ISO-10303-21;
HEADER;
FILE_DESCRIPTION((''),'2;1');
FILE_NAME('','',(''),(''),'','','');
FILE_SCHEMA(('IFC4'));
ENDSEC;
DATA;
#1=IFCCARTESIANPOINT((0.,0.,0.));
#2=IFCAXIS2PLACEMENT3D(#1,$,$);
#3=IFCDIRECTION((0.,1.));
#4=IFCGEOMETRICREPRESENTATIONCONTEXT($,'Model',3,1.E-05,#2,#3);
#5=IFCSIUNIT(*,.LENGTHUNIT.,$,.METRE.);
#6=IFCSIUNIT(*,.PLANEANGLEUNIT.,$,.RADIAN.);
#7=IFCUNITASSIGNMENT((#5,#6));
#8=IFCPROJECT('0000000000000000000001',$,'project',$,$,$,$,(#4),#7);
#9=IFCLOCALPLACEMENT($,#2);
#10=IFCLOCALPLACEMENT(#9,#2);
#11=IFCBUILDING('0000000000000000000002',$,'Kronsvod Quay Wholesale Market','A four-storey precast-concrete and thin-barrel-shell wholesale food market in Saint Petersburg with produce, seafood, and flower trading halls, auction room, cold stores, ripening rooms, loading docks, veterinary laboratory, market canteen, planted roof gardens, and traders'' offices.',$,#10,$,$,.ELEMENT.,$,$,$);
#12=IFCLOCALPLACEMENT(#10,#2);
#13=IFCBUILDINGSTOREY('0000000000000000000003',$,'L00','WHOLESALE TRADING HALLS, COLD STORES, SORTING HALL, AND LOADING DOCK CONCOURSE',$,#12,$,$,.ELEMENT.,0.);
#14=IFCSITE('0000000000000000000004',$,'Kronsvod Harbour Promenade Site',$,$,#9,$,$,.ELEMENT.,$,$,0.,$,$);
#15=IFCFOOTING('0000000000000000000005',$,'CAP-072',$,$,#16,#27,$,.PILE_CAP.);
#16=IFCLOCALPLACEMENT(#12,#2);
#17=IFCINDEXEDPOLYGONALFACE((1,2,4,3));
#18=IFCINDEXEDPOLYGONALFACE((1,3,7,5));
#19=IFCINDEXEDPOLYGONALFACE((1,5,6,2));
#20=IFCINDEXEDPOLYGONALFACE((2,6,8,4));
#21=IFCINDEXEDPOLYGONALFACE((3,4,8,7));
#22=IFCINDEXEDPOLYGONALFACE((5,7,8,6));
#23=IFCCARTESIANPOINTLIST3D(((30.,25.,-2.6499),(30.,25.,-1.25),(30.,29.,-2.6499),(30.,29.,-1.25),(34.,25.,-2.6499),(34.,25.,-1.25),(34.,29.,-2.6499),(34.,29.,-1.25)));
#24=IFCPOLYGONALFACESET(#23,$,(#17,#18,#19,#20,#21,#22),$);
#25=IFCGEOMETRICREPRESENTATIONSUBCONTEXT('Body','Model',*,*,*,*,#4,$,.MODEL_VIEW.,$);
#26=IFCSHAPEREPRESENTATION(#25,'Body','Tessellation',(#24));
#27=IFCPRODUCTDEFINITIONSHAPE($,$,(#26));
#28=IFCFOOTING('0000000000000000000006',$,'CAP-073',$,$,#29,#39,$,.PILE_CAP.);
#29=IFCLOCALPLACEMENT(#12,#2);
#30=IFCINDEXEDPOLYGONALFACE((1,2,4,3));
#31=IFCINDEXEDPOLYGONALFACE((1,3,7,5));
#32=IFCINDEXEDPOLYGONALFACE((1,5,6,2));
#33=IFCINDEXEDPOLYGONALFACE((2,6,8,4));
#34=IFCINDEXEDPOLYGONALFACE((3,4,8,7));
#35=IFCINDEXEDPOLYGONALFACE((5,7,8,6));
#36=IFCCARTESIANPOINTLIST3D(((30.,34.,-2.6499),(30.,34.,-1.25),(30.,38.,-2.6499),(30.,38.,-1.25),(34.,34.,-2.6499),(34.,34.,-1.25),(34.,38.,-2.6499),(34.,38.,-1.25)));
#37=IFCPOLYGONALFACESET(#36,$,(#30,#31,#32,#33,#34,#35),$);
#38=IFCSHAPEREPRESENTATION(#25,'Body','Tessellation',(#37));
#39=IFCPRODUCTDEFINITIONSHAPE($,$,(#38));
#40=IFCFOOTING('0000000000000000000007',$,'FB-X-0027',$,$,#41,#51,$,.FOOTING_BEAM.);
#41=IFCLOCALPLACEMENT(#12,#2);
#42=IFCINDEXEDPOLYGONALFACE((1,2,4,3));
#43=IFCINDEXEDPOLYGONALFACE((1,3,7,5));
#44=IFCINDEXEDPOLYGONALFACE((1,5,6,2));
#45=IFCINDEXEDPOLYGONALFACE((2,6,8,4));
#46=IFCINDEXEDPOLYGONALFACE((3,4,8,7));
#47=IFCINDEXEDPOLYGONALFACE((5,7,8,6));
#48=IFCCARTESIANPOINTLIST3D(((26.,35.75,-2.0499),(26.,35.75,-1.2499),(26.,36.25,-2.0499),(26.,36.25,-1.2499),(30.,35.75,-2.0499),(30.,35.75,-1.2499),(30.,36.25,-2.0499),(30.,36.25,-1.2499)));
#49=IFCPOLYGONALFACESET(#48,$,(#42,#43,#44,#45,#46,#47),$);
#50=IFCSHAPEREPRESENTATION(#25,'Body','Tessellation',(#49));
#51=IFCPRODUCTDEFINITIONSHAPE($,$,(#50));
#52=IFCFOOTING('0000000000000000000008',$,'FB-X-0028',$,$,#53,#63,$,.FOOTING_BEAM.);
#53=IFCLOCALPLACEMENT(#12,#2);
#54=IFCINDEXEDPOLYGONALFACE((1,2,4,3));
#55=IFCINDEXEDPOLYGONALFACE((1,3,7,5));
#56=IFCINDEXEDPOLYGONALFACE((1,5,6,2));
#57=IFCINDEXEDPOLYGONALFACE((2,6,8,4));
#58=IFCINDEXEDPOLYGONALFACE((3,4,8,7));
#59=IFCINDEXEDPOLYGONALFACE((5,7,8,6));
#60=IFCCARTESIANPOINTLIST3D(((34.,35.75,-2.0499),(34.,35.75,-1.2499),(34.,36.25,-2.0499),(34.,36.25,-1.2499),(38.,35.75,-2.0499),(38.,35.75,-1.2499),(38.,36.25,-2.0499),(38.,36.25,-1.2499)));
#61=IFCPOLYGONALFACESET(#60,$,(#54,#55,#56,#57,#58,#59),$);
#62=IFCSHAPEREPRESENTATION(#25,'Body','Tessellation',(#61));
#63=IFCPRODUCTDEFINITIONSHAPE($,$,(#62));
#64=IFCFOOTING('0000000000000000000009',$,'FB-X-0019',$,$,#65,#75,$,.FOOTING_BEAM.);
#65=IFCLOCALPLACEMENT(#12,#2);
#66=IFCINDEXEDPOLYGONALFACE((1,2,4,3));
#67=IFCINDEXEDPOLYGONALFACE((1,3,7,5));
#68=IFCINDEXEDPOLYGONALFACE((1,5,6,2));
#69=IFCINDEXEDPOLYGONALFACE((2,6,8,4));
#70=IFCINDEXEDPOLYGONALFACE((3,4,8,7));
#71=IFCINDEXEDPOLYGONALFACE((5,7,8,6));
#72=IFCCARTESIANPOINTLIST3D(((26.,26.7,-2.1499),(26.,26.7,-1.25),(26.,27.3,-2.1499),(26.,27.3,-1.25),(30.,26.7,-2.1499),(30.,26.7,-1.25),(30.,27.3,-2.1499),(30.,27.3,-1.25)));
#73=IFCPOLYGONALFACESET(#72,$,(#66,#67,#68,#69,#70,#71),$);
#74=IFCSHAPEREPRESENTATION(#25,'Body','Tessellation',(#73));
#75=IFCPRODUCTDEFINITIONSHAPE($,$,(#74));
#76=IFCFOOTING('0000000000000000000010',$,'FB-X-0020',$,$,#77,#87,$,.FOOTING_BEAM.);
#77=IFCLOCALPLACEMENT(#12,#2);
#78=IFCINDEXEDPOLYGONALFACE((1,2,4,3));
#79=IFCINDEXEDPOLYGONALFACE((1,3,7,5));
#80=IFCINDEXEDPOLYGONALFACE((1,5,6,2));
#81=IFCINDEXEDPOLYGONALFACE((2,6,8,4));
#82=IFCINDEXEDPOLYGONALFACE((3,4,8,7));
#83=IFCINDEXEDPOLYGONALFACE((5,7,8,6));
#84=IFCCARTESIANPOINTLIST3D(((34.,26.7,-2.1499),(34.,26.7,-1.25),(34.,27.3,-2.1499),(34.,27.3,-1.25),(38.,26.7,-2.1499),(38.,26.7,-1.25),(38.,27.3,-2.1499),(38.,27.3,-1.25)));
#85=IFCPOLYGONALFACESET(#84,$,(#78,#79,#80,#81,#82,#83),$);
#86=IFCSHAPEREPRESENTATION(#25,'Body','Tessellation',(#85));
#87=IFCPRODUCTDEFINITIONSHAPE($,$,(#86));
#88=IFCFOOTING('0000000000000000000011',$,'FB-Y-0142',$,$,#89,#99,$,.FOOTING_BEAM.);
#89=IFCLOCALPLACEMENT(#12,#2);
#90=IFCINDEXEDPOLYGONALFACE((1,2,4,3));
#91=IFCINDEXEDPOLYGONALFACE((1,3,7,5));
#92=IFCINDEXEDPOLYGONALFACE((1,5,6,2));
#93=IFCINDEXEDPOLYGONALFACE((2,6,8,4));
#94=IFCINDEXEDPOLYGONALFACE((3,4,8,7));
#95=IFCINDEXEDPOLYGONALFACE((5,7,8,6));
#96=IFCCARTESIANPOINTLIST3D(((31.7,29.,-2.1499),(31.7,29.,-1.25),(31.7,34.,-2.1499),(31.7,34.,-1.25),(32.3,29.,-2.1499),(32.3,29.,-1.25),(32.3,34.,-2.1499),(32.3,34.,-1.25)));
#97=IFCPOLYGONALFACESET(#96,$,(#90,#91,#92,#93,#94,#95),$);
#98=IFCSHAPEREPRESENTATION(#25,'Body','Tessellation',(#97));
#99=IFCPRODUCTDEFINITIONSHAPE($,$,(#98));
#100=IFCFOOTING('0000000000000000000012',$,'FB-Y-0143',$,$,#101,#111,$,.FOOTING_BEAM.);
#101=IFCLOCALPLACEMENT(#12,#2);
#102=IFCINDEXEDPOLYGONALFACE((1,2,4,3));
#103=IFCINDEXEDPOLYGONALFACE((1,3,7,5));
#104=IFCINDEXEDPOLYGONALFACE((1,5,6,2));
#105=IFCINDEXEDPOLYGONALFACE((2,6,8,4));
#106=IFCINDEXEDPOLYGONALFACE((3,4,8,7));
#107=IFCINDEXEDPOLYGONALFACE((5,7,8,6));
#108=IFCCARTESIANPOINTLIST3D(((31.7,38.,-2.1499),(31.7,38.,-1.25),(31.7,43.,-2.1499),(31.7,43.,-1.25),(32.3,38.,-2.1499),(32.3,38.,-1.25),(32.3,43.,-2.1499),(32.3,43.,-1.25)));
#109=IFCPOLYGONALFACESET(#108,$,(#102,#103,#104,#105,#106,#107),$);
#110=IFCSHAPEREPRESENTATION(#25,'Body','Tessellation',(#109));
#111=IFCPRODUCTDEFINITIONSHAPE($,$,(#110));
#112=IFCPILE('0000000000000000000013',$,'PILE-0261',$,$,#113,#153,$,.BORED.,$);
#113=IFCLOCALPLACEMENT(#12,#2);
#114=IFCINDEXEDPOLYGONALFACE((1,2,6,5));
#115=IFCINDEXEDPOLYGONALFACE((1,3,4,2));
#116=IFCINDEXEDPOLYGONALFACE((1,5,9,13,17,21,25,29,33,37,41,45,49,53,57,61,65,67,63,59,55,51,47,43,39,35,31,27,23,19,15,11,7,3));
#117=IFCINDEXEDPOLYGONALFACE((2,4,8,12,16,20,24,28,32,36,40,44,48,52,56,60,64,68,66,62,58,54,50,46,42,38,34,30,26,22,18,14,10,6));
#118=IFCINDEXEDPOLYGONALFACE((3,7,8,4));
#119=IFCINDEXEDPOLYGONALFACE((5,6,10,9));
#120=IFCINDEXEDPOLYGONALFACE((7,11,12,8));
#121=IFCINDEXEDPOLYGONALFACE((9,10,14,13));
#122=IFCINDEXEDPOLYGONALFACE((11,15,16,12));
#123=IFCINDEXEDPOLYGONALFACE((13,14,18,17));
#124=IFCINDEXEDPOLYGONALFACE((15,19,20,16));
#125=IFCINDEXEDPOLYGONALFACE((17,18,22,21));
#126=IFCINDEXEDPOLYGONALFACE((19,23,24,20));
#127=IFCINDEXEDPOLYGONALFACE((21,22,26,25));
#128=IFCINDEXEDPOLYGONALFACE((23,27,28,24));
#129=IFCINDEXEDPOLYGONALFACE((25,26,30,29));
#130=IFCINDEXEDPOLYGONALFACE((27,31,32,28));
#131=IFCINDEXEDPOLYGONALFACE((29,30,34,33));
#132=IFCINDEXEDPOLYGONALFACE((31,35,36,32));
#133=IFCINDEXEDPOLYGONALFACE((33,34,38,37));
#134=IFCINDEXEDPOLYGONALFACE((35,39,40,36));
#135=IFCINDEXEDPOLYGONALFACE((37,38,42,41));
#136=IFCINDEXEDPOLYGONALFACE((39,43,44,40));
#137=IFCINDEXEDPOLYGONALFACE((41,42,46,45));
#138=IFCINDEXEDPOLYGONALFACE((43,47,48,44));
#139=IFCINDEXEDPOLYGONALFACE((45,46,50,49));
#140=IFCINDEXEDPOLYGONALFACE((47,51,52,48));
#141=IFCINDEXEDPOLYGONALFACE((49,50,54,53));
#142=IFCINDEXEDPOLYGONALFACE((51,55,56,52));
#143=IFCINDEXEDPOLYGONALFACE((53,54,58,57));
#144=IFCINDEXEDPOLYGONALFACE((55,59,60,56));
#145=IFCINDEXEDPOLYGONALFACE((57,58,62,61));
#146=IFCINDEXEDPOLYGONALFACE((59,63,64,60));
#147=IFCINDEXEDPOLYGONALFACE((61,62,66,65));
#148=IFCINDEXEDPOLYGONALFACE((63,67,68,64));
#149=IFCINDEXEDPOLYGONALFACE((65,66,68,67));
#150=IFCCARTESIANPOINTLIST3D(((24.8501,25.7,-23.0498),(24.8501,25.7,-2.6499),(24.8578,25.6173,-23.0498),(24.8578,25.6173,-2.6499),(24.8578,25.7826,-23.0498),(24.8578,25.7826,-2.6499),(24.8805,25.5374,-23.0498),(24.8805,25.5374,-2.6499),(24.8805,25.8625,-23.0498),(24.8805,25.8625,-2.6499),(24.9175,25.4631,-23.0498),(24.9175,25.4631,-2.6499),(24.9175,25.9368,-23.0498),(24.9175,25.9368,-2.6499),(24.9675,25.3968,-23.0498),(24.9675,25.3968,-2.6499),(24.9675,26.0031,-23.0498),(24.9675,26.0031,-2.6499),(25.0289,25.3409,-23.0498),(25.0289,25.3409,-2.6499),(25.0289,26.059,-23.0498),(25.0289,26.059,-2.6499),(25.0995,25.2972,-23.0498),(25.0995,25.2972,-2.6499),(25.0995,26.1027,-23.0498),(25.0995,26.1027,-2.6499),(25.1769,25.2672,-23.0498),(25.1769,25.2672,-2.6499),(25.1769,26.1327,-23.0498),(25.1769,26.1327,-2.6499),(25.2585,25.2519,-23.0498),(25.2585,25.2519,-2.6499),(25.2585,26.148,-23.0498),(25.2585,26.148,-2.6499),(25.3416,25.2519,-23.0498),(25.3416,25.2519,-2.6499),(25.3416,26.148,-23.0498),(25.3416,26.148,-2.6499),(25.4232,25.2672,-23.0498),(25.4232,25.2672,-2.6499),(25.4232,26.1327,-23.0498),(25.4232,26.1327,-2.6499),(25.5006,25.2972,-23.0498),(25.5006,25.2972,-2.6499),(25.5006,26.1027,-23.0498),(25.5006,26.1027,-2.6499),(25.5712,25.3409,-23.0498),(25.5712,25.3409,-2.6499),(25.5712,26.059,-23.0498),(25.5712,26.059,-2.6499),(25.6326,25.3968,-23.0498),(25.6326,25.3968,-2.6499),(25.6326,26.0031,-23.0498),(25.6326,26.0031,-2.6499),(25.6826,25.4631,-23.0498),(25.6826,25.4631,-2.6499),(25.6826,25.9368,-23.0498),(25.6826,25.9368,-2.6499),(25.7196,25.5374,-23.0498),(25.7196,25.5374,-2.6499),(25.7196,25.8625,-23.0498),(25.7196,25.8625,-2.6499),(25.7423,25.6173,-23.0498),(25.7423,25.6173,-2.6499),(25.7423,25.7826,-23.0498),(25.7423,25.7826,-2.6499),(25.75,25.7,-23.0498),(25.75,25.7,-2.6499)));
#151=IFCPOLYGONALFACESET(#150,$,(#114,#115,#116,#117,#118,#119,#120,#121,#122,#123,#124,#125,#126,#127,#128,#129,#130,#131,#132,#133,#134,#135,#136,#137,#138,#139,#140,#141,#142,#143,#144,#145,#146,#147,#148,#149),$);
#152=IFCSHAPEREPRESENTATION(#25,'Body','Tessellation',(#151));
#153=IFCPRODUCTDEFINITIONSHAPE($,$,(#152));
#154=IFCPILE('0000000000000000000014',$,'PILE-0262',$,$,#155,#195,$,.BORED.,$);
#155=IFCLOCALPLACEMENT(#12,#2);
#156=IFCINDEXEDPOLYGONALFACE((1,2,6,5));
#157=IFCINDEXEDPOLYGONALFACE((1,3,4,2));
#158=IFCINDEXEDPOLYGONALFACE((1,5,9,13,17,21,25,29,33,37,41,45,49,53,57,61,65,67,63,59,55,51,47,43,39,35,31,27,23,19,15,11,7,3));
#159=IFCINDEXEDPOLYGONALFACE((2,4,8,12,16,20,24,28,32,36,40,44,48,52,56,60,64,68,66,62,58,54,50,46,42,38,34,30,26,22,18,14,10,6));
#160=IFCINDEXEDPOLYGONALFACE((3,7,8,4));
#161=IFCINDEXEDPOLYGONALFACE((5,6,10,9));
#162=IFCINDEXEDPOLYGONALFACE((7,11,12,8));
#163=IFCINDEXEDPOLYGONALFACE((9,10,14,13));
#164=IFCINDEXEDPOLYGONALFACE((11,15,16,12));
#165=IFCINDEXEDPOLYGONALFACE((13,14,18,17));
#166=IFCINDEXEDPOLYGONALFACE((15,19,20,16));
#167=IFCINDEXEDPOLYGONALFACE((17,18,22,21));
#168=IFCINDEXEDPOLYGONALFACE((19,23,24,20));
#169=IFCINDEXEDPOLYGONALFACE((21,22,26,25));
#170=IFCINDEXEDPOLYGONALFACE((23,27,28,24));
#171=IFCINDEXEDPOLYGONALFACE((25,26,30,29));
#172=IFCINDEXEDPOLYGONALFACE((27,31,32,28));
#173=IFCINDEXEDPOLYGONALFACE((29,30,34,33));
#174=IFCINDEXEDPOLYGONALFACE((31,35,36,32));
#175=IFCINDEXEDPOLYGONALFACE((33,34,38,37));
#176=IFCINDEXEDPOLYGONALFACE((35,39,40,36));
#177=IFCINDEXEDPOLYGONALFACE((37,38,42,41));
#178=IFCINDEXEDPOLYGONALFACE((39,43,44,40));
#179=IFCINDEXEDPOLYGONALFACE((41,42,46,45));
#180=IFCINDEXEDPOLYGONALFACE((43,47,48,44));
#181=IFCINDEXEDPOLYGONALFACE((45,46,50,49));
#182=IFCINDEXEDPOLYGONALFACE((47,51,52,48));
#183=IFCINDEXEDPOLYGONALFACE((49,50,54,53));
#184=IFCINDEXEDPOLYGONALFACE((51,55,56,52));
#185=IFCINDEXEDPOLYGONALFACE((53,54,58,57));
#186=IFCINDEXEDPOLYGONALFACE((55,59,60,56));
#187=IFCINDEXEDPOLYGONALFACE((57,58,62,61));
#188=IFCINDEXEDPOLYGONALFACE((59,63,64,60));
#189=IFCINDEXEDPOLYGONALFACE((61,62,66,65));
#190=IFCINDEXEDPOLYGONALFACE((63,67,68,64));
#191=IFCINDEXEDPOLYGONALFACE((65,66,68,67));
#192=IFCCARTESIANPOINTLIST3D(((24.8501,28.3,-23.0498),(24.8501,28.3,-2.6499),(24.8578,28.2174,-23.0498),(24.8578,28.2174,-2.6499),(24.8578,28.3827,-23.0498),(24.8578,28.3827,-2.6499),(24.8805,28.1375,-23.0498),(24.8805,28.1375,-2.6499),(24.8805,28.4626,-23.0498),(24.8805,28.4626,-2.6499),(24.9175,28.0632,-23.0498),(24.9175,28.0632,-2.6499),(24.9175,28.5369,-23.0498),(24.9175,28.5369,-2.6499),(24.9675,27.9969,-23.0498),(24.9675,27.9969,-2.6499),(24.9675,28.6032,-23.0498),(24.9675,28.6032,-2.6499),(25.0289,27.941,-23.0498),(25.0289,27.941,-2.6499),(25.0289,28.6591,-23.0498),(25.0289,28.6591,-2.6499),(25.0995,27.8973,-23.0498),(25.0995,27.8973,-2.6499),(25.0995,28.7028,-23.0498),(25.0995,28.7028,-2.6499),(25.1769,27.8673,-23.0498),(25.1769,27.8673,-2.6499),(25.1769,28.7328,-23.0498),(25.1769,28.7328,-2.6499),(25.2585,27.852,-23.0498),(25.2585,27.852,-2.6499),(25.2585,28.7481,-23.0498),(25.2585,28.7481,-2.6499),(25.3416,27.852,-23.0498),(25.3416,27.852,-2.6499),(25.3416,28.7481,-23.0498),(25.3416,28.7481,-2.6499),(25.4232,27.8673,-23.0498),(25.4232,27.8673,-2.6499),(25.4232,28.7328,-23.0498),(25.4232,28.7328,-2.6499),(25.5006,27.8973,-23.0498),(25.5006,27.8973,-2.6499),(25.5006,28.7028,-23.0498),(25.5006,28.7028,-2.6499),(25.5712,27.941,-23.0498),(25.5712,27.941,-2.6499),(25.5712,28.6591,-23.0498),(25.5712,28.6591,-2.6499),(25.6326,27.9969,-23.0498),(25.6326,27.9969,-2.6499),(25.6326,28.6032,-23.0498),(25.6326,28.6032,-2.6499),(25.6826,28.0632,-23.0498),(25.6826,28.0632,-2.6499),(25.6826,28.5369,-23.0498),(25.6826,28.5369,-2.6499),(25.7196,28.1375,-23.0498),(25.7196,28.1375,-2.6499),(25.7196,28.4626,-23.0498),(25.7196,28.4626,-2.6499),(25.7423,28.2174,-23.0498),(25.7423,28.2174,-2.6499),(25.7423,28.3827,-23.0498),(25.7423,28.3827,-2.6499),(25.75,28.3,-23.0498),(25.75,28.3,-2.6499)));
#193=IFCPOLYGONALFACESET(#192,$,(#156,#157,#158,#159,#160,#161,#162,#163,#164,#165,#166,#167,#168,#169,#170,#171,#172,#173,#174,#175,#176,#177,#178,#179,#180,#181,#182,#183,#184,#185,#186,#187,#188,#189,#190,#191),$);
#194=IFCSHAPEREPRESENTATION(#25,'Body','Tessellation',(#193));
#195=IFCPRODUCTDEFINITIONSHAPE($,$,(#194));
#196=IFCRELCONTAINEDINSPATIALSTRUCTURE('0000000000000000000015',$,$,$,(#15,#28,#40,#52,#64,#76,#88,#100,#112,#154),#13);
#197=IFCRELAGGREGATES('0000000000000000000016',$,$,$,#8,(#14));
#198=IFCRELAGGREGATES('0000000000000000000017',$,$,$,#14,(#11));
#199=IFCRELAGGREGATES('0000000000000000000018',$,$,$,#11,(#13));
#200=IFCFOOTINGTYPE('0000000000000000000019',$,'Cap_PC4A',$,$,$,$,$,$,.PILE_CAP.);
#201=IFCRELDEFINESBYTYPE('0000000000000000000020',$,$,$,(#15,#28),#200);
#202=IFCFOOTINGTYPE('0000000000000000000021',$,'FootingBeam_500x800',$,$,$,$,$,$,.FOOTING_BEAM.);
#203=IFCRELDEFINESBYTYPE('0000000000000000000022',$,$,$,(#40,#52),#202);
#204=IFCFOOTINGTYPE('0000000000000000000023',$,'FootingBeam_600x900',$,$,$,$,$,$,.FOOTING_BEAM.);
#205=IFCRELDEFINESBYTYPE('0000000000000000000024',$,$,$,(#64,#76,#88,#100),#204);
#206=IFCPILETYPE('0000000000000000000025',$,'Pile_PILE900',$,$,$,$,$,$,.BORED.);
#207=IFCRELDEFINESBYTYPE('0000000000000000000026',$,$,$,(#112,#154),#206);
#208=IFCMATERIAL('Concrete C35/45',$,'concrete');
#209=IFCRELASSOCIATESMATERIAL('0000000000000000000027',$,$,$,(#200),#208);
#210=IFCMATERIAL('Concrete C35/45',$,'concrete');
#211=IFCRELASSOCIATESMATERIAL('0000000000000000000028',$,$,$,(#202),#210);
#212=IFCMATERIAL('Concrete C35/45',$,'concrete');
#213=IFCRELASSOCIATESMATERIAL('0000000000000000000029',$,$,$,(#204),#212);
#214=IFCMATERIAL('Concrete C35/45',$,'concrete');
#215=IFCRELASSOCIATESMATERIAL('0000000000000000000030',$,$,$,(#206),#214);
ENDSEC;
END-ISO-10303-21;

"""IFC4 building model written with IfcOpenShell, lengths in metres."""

from ifc_helpers import new_model, si_unit, direction, frame, origin, origin_2d, place, context, subcontext, project, spatial, rectangle, circle, extrude, material, material_profile, profile_set, type_object, element, save


model = new_model("IFC4")

# Units and contexts
model_context = context("Model", 3, precision=1e-05, world=origin(), true_north=direction((0.0, 1.0)))
body_context = subcontext(model_context, "Body", "Model", "MODEL_VIEW")
ifc_project = project(units=[si_unit("LENGTHUNIT", "METRE"), si_unit("PLANEANGLEUNIT", "RADIAN")], contexts=[model_context])

# Site, building, storey
site_placement = place(None, origin())
site = spatial("IfcSite", under=ifc_project, at=site_placement, Name="Kronsvod Harbour Promenade Site", CompositionType="ELEMENT", RefElevation=0.0)
building_placement = place(site_placement, origin())
building = spatial("IfcBuilding", under=site, at=building_placement, Name="Kronsvod Quay Wholesale Market", Description="A four-storey precast-concrete and thin-barrel-shell wholesale food market in Saint Petersburg with produce, seafood, and flower trading halls, auction room, cold stores, ripening rooms, loading docks, veterinary laboratory, market canteen, planted roof gardens, and traders' offices.", CompositionType="ELEMENT")
storey_placement = place(building_placement, origin())
storey = spatial("IfcBuildingStorey", under=building, at=storey_placement, Name="L00", Description="WHOLESALE TRADING HALLS, COLD STORES, SORTING HALL, AND LOADING DOCK CONCOURSE", CompositionType="ELEMENT", Elevation=0.0)

# Footings
ifc_material_1 = material(Name="Concrete C35/45", Category="concrete")
footing_type_1 = type_object("IfcFootingType", Name="Cap_PC4A", PredefinedType="PILE_CAP", material=ifc_material_1)
for number, where, z_axis, x_axis, name in (
    (1, (32.0, 27.0, -2.6499), (0.0, 0.0, 1.0), (1.0, 0.0, 0.0), "CAP-072"),
    (2, (32.0, 36.0, -2.6499), (0.0, 0.0, 1.0), (1.0, 0.0, 0.0), "CAP-073"),
):
    element("IfcFooting", number, at=place(storey_placement, frame(where, z_axis=z_axis, x_axis=x_axis)), inside=storey, type_object=footing_type_1, Name=name, PredefinedType="PILE_CAP", context=body_context, shape_type="SweptSolid", body=[
        extrude(rectangle(XDim=4.0, YDim=4.0, at=origin_2d()), origin(), (0.0, 0.0, 1.0), 1.3999),
    ])
ifc_material_2 = material(Name="Concrete C35/45", Category="concrete")
ifc_material_profile_1 = material_profile(ifc_material_2, rectangle(XDim=0.5, YDim=0.8, at=origin_2d()), Name="FB-01")
ifc_profile_set_1 = profile_set([ifc_material_profile_1], Name="Concrete C35/45")
footing_type_2 = type_object("IfcFootingType", Name="FootingBeam_500x800", PredefinedType="FOOTING_BEAM", material=ifc_profile_set_1)
for number, where, z_axis, x_axis, name in (
    (3, (26.0, 36.0, -1.6499), (1.0, 0.0, 0.0), (0.0, 1.0, 0.0), "FB-X-0027"),
    (4, (34.0, 36.0, -1.6499), (1.0, 0.0, 0.0), (0.0, 1.0, 0.0), "FB-X-0028"),
):
    element("IfcFooting", number, at=place(storey_placement, frame(where, z_axis=z_axis, x_axis=x_axis)), inside=storey, type_object=footing_type_2, Name=name, PredefinedType="FOOTING_BEAM", context=body_context, shape_type="SweptSolid", body=[
        extrude(rectangle(XDim=0.5, YDim=0.8, at=origin_2d()), origin(), (0.0, 0.0, 1.0), 4.0),
    ])
ifc_material_3 = material(Name="Concrete C35/45", Category="concrete")
ifc_material_profile_2 = material_profile(ifc_material_3, rectangle(XDim=0.6001, YDim=0.8999, at=origin_2d()), Name="FB-02")
ifc_profile_set_2 = profile_set([ifc_material_profile_2], Name="Concrete C35/45")
footing_type_3 = type_object("IfcFootingType", Name="FootingBeam_600x900", PredefinedType="FOOTING_BEAM", material=ifc_profile_set_2)
for number, where, z_axis, x_axis, name in (
    (5, (26.0, 27.0, -1.7), (1.0, 0.0, 0.0), (0.0, 1.0, 0.0), "FB-X-0019"),
    (6, (34.0, 27.0, -1.7), (1.0, 0.0, 0.0), (0.0, 1.0, 0.0), "FB-X-0020"),
):
    element("IfcFooting", number, at=place(storey_placement, frame(where, z_axis=z_axis, x_axis=x_axis)), inside=storey, type_object=footing_type_3, Name=name, PredefinedType="FOOTING_BEAM", context=body_context, shape_type="SweptSolid", body=[
        extrude(rectangle(XDim=0.6001, YDim=0.8999, at=origin_2d()), origin(), (0.0, 0.0, 1.0), 4.0),
    ])
for number, where, z_axis, x_axis, name in (
    (7, (32.0, 29.0, -1.7), (0.0, 1.0, 0.0), (-1.0, 0.0, 0.0), "FB-Y-0142"),
    (8, (32.0, 38.0, -1.7), (0.0, 1.0, 0.0), (-1.0, 0.0, 0.0), "FB-Y-0143"),
):
    element("IfcFooting", number, at=place(storey_placement, frame(where, z_axis=z_axis, x_axis=x_axis)), inside=storey, type_object=footing_type_3, Name=name, PredefinedType="FOOTING_BEAM", context=body_context, shape_type="SweptSolid", body=[
        extrude(rectangle(XDim=0.6001, YDim=0.8999, at=origin_2d()), origin(), (0.0, 0.0, 1.0), 5.0),
    ])

# Piles
ifc_material_4 = material(Name="Concrete C35/45", Category="concrete")
ifc_material_profile_3 = material_profile(ifc_material_4, circle(Radius=0.45, at=origin_2d()), Name="PILE900")
ifc_profile_set_3 = profile_set([ifc_material_profile_3], Name="Concrete C35/45")
pile_type = type_object("IfcPileType", Name="Pile_PILE900", PredefinedType="BORED", material=ifc_profile_set_3)
for number, where, z_axis, x_axis, name in (
    (9, (25.3, 25.7, -2.6499), (0.0, 0.0, -1.0), (1.0, 0.0, 0.0), "PILE-0261"),
    (10, (25.3, 28.3, -2.6499), (0.0, 0.0, -1.0), (1.0, 0.0, 0.0), "PILE-0262"),
):
    element("IfcPile", number, at=place(storey_placement, frame(where, z_axis=z_axis, x_axis=x_axis)), inside=storey, type_object=pile_type, Name=name, PredefinedType="BORED", context=body_context, shape_type="SweptSolid", body=[
        extrude(circle(Radius=0.45, at=origin_2d()), origin(), (0.0, 0.0, 1.0), 20.3999),
    ])

save(model, "model.ifc")
